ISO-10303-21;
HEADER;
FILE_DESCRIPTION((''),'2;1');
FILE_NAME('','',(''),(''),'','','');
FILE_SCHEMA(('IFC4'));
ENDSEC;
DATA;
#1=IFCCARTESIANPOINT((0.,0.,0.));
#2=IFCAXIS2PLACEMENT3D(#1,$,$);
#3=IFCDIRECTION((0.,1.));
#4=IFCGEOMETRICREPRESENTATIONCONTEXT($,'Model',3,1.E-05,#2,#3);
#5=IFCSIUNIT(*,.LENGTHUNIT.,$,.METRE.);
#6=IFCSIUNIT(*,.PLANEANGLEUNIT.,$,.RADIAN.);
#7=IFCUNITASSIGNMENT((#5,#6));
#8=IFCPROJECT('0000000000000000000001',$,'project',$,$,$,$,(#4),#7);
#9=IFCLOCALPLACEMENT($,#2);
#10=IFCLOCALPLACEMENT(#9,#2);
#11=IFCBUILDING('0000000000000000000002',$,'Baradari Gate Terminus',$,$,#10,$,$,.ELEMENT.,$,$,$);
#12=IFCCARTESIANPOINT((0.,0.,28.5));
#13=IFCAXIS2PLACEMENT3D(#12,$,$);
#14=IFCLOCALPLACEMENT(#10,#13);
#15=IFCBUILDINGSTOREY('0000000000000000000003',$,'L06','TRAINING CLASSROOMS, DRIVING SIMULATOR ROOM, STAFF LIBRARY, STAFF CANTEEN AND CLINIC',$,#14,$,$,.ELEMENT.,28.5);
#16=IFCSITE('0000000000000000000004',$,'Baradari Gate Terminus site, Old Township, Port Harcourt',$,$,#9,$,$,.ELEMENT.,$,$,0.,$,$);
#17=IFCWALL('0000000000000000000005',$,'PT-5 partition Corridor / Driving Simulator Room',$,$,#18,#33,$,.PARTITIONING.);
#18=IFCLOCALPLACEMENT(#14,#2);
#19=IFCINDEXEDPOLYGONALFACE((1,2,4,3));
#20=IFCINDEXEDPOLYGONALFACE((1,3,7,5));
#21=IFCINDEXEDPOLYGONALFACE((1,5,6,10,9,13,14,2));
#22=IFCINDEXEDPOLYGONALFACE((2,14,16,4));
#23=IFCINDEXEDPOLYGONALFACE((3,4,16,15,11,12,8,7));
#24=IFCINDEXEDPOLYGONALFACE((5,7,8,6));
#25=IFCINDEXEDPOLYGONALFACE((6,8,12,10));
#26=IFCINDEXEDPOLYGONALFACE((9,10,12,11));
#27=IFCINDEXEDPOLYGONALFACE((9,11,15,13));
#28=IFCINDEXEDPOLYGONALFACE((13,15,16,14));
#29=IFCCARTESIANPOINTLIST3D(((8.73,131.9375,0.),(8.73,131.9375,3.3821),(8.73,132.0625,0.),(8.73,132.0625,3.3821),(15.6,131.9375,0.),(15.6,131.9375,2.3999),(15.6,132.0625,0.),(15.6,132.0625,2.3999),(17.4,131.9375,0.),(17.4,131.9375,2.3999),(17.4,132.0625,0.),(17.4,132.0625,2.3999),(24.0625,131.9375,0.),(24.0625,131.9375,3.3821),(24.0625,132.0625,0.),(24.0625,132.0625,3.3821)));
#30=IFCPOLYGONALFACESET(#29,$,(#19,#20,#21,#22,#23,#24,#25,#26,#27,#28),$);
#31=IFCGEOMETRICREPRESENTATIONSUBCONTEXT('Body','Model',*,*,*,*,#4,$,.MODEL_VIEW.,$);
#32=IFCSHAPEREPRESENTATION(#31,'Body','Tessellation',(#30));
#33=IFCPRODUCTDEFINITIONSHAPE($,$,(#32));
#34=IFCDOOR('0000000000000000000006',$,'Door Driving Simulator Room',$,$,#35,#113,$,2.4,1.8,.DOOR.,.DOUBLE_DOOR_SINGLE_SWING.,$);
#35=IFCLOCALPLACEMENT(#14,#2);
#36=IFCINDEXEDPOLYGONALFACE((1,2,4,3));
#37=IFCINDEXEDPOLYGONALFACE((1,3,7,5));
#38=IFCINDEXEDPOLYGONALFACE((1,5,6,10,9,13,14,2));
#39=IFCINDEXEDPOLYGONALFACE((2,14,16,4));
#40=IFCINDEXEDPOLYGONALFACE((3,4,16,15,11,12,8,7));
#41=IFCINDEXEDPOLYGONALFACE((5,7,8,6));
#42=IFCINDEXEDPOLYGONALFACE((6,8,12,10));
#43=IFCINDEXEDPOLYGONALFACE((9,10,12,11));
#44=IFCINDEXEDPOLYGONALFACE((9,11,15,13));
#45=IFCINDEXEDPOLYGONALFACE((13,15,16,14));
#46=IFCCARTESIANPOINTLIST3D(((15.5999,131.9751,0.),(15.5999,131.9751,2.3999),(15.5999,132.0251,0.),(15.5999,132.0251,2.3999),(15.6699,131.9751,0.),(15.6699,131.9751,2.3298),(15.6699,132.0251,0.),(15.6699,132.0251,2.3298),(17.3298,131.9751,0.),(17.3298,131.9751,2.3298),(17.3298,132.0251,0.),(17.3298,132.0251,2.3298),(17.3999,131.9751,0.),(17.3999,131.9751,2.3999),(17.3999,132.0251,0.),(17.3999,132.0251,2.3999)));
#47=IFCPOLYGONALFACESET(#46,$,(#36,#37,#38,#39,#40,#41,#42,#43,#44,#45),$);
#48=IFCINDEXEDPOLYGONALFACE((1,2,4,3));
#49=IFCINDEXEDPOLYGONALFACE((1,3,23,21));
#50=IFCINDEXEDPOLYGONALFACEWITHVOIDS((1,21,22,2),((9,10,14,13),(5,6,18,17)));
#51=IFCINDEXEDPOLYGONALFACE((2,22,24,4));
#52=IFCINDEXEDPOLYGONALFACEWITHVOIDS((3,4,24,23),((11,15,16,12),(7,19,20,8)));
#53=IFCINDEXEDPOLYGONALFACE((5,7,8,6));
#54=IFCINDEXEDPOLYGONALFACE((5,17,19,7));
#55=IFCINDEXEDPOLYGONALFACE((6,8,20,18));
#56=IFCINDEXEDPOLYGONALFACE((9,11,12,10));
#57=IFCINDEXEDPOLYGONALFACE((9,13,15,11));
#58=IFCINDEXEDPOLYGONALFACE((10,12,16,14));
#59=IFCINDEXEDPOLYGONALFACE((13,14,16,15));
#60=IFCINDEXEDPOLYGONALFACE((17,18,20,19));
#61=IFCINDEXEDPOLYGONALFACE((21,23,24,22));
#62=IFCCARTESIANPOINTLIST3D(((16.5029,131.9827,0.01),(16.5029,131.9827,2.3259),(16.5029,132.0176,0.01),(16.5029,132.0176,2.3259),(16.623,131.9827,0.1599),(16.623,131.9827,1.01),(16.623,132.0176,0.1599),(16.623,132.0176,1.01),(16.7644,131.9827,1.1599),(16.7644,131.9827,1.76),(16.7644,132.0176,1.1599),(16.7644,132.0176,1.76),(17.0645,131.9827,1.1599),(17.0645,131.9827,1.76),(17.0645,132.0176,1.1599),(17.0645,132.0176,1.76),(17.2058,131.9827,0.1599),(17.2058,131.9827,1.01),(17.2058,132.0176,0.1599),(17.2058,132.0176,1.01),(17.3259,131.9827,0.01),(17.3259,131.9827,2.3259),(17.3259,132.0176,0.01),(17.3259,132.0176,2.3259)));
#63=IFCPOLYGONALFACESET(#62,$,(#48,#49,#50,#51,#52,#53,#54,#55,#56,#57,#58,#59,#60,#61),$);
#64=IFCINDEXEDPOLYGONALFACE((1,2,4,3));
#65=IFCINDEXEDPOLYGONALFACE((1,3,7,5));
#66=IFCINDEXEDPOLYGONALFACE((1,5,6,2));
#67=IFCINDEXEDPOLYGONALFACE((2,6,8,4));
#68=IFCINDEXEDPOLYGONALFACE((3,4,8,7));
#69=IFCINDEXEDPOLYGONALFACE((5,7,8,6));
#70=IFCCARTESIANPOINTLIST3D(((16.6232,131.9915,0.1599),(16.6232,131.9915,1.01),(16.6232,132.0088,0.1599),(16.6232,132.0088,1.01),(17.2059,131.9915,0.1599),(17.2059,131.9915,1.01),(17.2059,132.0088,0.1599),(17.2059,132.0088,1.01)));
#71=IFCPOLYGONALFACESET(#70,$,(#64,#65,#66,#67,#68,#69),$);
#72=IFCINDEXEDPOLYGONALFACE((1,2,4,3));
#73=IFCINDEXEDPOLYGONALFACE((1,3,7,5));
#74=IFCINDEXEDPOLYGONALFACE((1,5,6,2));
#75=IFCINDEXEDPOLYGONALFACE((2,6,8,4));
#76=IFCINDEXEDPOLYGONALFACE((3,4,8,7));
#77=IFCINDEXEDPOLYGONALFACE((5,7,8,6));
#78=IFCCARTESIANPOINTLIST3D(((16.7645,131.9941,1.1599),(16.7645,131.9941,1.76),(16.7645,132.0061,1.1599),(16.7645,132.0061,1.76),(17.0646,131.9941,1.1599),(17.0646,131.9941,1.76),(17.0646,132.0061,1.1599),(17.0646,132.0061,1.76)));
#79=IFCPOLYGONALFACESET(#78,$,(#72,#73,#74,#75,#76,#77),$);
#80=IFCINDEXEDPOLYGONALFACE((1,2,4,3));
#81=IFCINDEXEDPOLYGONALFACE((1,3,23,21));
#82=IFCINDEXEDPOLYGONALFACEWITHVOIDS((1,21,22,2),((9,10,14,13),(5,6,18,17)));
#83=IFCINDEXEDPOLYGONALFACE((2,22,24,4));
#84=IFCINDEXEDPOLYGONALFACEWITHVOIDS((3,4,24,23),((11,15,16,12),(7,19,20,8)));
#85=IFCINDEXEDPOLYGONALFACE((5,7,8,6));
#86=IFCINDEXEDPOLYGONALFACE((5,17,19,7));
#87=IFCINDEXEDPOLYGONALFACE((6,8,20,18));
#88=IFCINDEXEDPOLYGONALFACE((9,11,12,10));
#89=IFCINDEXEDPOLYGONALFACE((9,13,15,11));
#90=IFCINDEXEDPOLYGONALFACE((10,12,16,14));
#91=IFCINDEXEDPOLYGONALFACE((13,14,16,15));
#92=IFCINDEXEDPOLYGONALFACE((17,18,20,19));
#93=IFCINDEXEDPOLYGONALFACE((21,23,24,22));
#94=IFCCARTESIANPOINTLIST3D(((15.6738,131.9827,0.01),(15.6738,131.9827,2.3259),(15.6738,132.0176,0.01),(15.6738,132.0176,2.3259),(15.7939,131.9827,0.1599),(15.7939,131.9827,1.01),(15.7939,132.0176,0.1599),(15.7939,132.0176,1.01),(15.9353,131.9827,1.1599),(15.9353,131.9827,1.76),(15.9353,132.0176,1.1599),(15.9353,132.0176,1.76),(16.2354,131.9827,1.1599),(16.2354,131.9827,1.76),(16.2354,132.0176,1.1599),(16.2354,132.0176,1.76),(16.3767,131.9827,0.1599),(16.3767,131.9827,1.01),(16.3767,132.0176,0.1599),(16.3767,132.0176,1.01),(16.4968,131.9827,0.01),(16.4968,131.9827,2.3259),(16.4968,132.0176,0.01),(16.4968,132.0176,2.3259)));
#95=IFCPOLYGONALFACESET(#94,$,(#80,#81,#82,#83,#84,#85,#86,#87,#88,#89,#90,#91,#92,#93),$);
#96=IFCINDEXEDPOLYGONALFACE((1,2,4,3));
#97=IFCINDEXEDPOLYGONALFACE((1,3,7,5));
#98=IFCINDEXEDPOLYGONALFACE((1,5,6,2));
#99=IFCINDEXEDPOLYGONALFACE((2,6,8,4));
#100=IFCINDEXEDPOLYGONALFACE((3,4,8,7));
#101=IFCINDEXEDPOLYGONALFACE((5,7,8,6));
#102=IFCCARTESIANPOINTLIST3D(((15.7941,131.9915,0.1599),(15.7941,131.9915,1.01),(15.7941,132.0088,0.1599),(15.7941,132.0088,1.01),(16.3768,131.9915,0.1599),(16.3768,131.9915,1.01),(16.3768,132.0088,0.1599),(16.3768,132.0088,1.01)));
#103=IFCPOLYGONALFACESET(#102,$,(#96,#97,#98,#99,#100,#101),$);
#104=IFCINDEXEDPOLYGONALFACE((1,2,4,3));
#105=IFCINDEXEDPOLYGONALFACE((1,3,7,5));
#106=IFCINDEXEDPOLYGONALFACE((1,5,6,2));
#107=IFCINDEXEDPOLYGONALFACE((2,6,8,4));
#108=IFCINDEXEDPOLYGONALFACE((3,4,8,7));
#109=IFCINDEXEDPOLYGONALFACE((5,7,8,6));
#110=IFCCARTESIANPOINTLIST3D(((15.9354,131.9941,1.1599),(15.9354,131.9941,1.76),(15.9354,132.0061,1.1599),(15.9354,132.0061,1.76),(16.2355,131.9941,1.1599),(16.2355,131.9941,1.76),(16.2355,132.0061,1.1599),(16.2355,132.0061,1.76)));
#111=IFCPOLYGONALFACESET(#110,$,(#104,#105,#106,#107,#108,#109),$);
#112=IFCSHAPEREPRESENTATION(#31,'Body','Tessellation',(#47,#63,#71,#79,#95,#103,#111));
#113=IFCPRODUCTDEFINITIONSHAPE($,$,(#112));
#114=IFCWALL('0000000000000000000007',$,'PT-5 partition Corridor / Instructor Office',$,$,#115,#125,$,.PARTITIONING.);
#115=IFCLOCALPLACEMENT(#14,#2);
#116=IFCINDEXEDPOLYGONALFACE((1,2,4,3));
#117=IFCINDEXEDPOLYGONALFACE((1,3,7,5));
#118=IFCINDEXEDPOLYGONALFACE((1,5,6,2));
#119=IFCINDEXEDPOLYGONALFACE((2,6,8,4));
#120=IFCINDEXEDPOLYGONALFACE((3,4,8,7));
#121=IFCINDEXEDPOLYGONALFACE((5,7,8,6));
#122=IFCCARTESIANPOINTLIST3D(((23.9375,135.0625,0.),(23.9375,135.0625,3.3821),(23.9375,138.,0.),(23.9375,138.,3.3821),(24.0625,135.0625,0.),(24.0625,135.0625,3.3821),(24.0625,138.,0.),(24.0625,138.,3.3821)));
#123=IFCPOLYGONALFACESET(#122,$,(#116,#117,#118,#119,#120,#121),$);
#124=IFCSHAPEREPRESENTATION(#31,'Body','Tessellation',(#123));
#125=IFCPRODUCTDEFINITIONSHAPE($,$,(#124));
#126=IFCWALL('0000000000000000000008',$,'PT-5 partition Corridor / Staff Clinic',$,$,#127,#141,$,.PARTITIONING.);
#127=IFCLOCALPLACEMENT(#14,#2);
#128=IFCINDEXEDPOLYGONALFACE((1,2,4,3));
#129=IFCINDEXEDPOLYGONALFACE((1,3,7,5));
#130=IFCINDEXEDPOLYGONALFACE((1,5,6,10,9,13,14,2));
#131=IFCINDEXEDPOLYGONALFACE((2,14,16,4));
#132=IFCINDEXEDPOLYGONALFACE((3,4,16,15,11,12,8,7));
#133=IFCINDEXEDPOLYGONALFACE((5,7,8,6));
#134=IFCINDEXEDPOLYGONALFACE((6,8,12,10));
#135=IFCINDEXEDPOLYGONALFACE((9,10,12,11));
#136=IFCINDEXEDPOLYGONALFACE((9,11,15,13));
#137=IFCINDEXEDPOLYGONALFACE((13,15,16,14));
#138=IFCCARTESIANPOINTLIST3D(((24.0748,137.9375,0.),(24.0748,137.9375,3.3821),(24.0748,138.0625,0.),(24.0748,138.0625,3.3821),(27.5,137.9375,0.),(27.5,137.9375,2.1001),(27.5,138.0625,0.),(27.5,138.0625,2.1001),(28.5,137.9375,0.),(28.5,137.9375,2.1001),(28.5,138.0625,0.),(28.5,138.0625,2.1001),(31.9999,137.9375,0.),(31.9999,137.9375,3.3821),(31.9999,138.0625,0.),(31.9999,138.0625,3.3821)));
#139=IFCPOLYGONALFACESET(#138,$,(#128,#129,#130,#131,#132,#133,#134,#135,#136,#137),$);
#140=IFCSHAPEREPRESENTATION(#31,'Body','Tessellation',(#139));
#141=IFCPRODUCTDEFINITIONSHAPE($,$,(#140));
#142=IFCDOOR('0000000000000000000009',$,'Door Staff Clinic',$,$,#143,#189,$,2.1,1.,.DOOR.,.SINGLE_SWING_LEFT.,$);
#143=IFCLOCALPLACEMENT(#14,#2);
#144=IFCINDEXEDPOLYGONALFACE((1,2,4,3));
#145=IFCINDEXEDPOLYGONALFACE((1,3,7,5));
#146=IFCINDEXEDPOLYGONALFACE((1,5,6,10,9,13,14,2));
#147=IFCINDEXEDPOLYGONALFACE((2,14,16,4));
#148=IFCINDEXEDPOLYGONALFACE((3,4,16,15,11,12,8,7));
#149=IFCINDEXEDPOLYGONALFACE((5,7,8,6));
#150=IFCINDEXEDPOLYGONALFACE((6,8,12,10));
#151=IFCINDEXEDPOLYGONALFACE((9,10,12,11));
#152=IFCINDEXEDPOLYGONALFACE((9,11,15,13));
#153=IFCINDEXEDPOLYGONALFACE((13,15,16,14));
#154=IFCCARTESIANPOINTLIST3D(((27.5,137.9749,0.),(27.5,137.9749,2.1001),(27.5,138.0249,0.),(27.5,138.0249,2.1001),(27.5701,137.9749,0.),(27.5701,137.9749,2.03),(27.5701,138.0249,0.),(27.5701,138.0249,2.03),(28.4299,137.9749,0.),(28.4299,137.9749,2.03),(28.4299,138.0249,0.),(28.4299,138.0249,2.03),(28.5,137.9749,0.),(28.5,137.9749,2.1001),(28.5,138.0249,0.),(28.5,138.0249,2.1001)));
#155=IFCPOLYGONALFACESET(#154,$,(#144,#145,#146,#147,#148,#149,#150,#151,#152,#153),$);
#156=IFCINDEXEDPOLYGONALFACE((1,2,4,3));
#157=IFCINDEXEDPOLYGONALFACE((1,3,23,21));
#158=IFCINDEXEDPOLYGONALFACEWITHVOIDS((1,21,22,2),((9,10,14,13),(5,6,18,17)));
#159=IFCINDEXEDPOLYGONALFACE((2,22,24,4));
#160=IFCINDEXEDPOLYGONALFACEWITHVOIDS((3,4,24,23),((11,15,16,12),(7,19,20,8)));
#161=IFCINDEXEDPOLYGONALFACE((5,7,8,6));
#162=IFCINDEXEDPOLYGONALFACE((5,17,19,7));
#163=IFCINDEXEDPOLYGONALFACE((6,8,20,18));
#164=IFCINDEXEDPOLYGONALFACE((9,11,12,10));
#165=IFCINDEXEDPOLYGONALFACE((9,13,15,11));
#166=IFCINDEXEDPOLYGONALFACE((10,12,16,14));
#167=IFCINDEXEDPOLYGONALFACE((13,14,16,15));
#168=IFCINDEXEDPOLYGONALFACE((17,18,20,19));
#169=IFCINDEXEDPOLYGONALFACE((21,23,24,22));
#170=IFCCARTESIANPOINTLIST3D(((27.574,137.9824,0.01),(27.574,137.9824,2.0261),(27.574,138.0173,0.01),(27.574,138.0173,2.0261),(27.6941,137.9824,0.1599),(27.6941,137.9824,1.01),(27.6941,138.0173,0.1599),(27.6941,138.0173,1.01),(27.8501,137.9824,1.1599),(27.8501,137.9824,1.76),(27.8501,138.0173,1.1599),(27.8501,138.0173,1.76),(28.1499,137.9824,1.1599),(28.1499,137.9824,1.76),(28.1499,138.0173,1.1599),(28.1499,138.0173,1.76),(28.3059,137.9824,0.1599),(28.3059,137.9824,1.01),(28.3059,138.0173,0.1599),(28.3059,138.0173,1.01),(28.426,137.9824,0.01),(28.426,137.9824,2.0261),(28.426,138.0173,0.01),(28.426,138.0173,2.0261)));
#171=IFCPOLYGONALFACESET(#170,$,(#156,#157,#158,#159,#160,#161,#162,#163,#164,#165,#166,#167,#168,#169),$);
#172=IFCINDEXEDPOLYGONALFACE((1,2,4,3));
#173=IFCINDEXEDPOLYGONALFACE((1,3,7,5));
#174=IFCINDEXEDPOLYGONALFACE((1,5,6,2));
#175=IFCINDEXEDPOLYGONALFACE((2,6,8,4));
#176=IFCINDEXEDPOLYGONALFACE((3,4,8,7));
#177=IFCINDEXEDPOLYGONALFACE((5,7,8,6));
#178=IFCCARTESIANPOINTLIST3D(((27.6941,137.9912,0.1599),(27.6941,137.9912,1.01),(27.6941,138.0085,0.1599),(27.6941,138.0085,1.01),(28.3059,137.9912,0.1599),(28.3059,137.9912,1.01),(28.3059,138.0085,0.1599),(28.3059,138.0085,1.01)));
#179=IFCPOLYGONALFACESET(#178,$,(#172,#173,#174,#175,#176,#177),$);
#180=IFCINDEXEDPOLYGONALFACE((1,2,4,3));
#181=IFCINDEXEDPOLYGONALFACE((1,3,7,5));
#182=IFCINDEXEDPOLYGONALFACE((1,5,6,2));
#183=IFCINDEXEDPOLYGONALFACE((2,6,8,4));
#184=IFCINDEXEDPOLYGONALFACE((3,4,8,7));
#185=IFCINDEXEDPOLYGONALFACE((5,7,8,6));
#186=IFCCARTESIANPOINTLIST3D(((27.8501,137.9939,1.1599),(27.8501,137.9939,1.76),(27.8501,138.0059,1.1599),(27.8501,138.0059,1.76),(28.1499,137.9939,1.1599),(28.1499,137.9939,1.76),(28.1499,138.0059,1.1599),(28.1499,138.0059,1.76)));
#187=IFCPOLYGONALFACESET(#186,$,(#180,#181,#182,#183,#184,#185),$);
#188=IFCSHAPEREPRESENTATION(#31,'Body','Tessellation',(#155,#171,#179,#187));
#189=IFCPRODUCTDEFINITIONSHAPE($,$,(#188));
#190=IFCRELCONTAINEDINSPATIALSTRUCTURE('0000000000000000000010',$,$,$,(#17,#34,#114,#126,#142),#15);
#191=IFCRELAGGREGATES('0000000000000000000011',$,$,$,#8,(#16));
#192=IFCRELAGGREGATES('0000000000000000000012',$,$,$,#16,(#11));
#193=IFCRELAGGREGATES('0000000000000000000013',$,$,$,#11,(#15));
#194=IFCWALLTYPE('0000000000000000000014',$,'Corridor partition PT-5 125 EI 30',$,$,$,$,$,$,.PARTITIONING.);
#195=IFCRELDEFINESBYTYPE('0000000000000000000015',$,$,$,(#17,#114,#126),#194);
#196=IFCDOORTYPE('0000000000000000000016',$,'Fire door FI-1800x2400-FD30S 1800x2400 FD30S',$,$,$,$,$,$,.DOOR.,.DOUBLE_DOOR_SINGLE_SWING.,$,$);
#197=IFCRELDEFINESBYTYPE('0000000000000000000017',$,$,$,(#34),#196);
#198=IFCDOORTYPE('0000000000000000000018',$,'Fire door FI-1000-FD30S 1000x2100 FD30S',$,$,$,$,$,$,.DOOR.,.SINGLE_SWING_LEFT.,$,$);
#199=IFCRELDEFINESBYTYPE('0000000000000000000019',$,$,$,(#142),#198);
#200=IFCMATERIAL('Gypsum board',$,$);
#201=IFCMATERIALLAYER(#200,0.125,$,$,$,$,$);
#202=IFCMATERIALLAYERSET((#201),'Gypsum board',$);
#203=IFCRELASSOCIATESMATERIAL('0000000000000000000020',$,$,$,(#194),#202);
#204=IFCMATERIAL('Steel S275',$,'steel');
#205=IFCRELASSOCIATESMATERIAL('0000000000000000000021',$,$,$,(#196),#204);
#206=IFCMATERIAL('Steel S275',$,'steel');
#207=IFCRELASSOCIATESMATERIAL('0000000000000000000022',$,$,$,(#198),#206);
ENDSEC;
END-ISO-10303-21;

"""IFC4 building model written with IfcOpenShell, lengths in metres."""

from ifc_helpers import new_model, si_unit, direction, frame, frame_2d, origin, place, context, subcontext, project, spatial, polyline, rectangle, outline, extrude, material, layer, layer_set, type_object, element, fill, save


model = new_model("IFC4")

# Units and contexts
model_context = context("Model", 3, precision=1e-05, world=origin(), true_north=direction((0.0, 1.0)))
body_context = subcontext(model_context, "Body", "Model", "MODEL_VIEW")
ifc_project = project(units=[si_unit("LENGTHUNIT", "METRE"), si_unit("PLANEANGLEUNIT", "RADIAN")], contexts=[model_context])

# Site, building, storey
site_placement = place(None, origin())
site = spatial("IfcSite", under=ifc_project, at=site_placement, Name="Baradari Gate Terminus site, Old Township, Port Harcourt", CompositionType="ELEMENT", RefElevation=0.0)
building_placement = place(site_placement, origin())
building = spatial("IfcBuilding", under=site, at=building_placement, Name="Baradari Gate Terminus", CompositionType="ELEMENT")
storey_placement = place(building_placement, frame((0.0, 0.0, 28.5)))
storey = spatial("IfcBuildingStorey", under=building, at=storey_placement, Name="L06", Description="TRAINING CLASSROOMS, DRIVING SIMULATOR ROOM, STAFF LIBRARY, STAFF CANTEEN AND CLINIC", CompositionType="ELEMENT", Elevation=28.5)

# Wall, opening, door
ifc_material_1 = material(Name="Gypsum board")
ifc_layer_1 = layer(ifc_material_1, 0.125)
ifc_layer_set_1 = layer_set([ifc_layer_1], Name="Gypsum board")
wall_type_1 = type_object("IfcWallType", Name="Corridor partition PT-5 125 EI 30", PredefinedType="PARTITIONING", material=ifc_layer_set_1)
wall_1_placement = place(storey_placement, frame((24.0625, 132.0, 0.0), z_axis=(0.0, 0.0, 1.0), x_axis=(-1.0, 0.0, 0.0)))
wall_1 = element("IfcWall", 1, at=wall_1_placement, inside=storey, type_object=wall_type_1, Name="PT-5 partition Corridor / Driving Simulator Room", PredefinedType="PARTITIONING", context=body_context, shape_type="SweptSolid", body=[
    extrude(rectangle(XDim=15.3325, YDim=0.125, at=frame_2d((7.6663, 0.0))), origin(), (0.0, 0.0, 1.0), 3.3821),
])
opening_1_placement = place(wall_1_placement, frame((6.6626, 0.0, 0.0)))
opening_1 = element("IfcOpeningElement", 2, at=opening_1_placement, cuts=wall_1, PredefinedType="OPENING", context=body_context, shape_type="SweptSolid", body=[
    extrude(rectangle(XDim=1.8, YDim=2.3999, at=frame_2d((0.8999, 1.2))), frame((0.0, 0.0725, 0.0), z_axis=(0.0, -1.0, 0.0), x_axis=(1.0, 0.0, 0.0)), (0.0, 0.0, 1.0), 0.145),
])
ifc_material_2 = material(Name="Steel S275", Category="steel")
door_type_1 = type_object("IfcDoorType", Name="Fire door FI-1800x2400-FD30S 1800x2400 FD30S", OperationType="DOUBLE_DOOR_SINGLE_SWING", PredefinedType="DOOR", material=ifc_material_2)
door_1_placement = place(opening_1_placement, origin())
door_1 = element("IfcDoor", 3, at=door_1_placement, inside=storey, type_object=door_type_1, Name="Door Driving Simulator Room", OperationType="DOUBLE_DOOR_SINGLE_SWING", OverallHeight=2.4, OverallWidth=1.8, PredefinedType="DOOR", context=body_context, shape_type="SweptSolid", body=[
    extrude(outline(polyline([(0.0, 0.0), (0.0701, 0.0), (0.0701, 2.3298), (1.73, 2.3298), (1.73, 0.0), (1.8, 0.0), (1.8, 2.3999), (0.0, 2.3999), (0.0, 0.0)])), frame((0.0, 0.0249, 0.0), z_axis=(0.0, -1.0, 0.0), x_axis=(1.0, 0.0, 0.0)), (0.0, 0.0, 1.0), 0.05),
    extrude(outline(polyline([(0.074, 0.01), (0.897, 0.01), (0.897, 2.3259), (0.074, 2.3259), (0.074, 0.01)]), holes=[polyline([(0.1941, 0.1599), (0.7769, 0.1599), (0.7769, 1.01), (0.1941, 1.01), (0.1941, 0.1599)]), polyline([(0.3354, 1.1599), (0.6355, 1.1599), (0.6355, 1.76), (0.3354, 1.76), (0.3354, 1.1599)])]), frame((0.0, 0.0173, 0.0), z_axis=(0.0, -1.0, 0.0), x_axis=(1.0, 0.0, 0.0)), (0.0, 0.0, 1.0), 0.0349),
    extrude(rectangle(XDim=0.5828, YDim=0.8501, at=frame_2d((0.4854, 0.585))), frame((0.0, 0.0085, 0.0), z_axis=(0.0, -1.0, 0.0), x_axis=(1.0, 0.0, 0.0)), (0.0, 0.0, 1.0), 0.0173),
    extrude(rectangle(XDim=0.3, YDim=0.6001, at=frame_2d((0.4854, 1.46))), frame((0.0, 0.0059, 0.0), z_axis=(0.0, -1.0, 0.0), x_axis=(1.0, 0.0, 0.0)), (0.0, 0.0, 1.0), 0.012),
    extrude(outline(polyline([(0.9031, 0.01), (1.7261, 0.01), (1.7261, 2.3259), (0.9031, 2.3259), (0.9031, 0.01)]), holes=[polyline([(1.0232, 0.1599), (1.606, 0.1599), (1.606, 1.01), (1.0232, 1.01), (1.0232, 0.1599)]), polyline([(1.1646, 1.1599), (1.4646, 1.1599), (1.4646, 1.76), (1.1646, 1.76), (1.1646, 1.1599)])]), frame((0.0, 0.0173, 0.0), z_axis=(0.0, -1.0, 0.0), x_axis=(1.0, 0.0, 0.0)), (0.0, 0.0, 1.0), 0.0349),
    extrude(rectangle(XDim=0.5828, YDim=0.8501, at=frame_2d((1.3145, 0.585))), frame((0.0, 0.0085, 0.0), z_axis=(0.0, -1.0, 0.0), x_axis=(1.0, 0.0, 0.0)), (0.0, 0.0, 1.0), 0.0173),
    extrude(rectangle(XDim=0.3, YDim=0.6001, at=frame_2d((1.3145, 1.46))), frame((0.0, 0.0059, 0.0), z_axis=(0.0, -1.0, 0.0), x_axis=(1.0, 0.0, 0.0)), (0.0, 0.0, 1.0), 0.012),
])
fill(opening_1, door_1)

# Wall
wall_2_placement = place(storey_placement, frame((24.0, 135.0625, 0.0), z_axis=(0.0, 0.0, 1.0), x_axis=(0.0, 1.0, 0.0)))
element("IfcWall", 4, at=wall_2_placement, inside=storey, type_object=wall_type_1, Name="PT-5 partition Corridor / Instructor Office", PredefinedType="PARTITIONING", context=body_context, shape_type="SweptSolid", body=[
    extrude(rectangle(XDim=2.9375, YDim=0.125, at=frame_2d((1.4688, 0.0))), origin(), (0.0, 0.0, 1.0), 3.3821),
])

# Wall, opening, door
wall_3_placement = place(storey_placement, frame((24.075, 138.0, 0.0), z_axis=(0.0, 0.0, 1.0), x_axis=(1.0, 0.0, 0.0)))
wall_3 = element("IfcWall", 5, at=wall_3_placement, inside=storey, type_object=wall_type_1, Name="PT-5 partition Corridor / Staff Clinic", PredefinedType="PARTITIONING", context=body_context, shape_type="SweptSolid", body=[
    extrude(rectangle(XDim=7.925, YDim=0.125, at=frame_2d((3.9624, 0.0))), origin(), (0.0, 0.0, 1.0), 3.3821),
])
opening_2_placement = place(wall_3_placement, frame((3.425, 0.0, 0.0)))
opening_2 = element("IfcOpeningElement", 6, at=opening_2_placement, cuts=wall_3, PredefinedType="OPENING", context=body_context, shape_type="SweptSolid", body=[
    extrude(rectangle(XDim=1.0, YDim=2.1001, at=frame_2d((0.5, 1.05))), frame((0.0, 0.0725, 0.0), z_axis=(0.0, -1.0, 0.0), x_axis=(1.0, 0.0, 0.0)), (0.0, 0.0, 1.0), 0.145),
])
ifc_material_3 = material(Name="Steel S275", Category="steel")
door_type_2 = type_object("IfcDoorType", Name="Fire door FI-1000-FD30S 1000x2100 FD30S", OperationType="SINGLE_SWING_LEFT", PredefinedType="DOOR", material=ifc_material_3)
door_2_placement = place(opening_2_placement, origin())
door_2 = element("IfcDoor", 7, at=door_2_placement, inside=storey, type_object=door_type_2, Name="Door Staff Clinic", OperationType="SINGLE_SWING_LEFT", OverallHeight=2.1, OverallWidth=1.0, PredefinedType="DOOR", context=body_context, shape_type="SweptSolid", body=[
    extrude(outline(polyline([(0.0, 0.0), (0.0701, 0.0), (0.0701, 2.03), (0.9299, 2.03), (0.9299, 0.0), (1.0, 0.0), (1.0, 2.1001), (0.0, 2.1001), (0.0, 0.0)])), frame((0.0, 0.0249, 0.0), z_axis=(0.0, -1.0, 0.0), x_axis=(1.0, 0.0, 0.0)), (0.0, 0.0, 1.0), 0.05),
    extrude(outline(polyline([(0.074, 0.01), (0.926, 0.01), (0.926, 2.0261), (0.074, 2.0261), (0.074, 0.01)]), holes=[polyline([(0.1941, 0.1599), (0.8059, 0.1599), (0.8059, 1.01), (0.1941, 1.01), (0.1941, 0.1599)]), polyline([(0.3501, 1.1599), (0.6499, 1.1599), (0.6499, 1.76), (0.3501, 1.76), (0.3501, 1.1599)])]), frame((0.0, 0.0173, 0.0), z_axis=(0.0, -1.0, 0.0), x_axis=(1.0, 0.0, 0.0)), (0.0, 0.0, 1.0), 0.0349),
    extrude(rectangle(XDim=0.6118, YDim=0.8501, at=frame_2d((0.5, 0.585))), frame((0.0, 0.0085, 0.0), z_axis=(0.0, -1.0, 0.0), x_axis=(1.0, 0.0, 0.0)), (0.0, 0.0, 1.0), 0.0173),
    extrude(rectangle(XDim=0.2998, YDim=0.6001, at=frame_2d((0.5, 1.46))), frame((0.0, 0.0059, 0.0), z_axis=(0.0, -1.0, 0.0), x_axis=(1.0, 0.0, 0.0)), (0.0, 0.0, 1.0), 0.012),
])
fill(opening_2, door_2)

save(model, "model.ifc")
